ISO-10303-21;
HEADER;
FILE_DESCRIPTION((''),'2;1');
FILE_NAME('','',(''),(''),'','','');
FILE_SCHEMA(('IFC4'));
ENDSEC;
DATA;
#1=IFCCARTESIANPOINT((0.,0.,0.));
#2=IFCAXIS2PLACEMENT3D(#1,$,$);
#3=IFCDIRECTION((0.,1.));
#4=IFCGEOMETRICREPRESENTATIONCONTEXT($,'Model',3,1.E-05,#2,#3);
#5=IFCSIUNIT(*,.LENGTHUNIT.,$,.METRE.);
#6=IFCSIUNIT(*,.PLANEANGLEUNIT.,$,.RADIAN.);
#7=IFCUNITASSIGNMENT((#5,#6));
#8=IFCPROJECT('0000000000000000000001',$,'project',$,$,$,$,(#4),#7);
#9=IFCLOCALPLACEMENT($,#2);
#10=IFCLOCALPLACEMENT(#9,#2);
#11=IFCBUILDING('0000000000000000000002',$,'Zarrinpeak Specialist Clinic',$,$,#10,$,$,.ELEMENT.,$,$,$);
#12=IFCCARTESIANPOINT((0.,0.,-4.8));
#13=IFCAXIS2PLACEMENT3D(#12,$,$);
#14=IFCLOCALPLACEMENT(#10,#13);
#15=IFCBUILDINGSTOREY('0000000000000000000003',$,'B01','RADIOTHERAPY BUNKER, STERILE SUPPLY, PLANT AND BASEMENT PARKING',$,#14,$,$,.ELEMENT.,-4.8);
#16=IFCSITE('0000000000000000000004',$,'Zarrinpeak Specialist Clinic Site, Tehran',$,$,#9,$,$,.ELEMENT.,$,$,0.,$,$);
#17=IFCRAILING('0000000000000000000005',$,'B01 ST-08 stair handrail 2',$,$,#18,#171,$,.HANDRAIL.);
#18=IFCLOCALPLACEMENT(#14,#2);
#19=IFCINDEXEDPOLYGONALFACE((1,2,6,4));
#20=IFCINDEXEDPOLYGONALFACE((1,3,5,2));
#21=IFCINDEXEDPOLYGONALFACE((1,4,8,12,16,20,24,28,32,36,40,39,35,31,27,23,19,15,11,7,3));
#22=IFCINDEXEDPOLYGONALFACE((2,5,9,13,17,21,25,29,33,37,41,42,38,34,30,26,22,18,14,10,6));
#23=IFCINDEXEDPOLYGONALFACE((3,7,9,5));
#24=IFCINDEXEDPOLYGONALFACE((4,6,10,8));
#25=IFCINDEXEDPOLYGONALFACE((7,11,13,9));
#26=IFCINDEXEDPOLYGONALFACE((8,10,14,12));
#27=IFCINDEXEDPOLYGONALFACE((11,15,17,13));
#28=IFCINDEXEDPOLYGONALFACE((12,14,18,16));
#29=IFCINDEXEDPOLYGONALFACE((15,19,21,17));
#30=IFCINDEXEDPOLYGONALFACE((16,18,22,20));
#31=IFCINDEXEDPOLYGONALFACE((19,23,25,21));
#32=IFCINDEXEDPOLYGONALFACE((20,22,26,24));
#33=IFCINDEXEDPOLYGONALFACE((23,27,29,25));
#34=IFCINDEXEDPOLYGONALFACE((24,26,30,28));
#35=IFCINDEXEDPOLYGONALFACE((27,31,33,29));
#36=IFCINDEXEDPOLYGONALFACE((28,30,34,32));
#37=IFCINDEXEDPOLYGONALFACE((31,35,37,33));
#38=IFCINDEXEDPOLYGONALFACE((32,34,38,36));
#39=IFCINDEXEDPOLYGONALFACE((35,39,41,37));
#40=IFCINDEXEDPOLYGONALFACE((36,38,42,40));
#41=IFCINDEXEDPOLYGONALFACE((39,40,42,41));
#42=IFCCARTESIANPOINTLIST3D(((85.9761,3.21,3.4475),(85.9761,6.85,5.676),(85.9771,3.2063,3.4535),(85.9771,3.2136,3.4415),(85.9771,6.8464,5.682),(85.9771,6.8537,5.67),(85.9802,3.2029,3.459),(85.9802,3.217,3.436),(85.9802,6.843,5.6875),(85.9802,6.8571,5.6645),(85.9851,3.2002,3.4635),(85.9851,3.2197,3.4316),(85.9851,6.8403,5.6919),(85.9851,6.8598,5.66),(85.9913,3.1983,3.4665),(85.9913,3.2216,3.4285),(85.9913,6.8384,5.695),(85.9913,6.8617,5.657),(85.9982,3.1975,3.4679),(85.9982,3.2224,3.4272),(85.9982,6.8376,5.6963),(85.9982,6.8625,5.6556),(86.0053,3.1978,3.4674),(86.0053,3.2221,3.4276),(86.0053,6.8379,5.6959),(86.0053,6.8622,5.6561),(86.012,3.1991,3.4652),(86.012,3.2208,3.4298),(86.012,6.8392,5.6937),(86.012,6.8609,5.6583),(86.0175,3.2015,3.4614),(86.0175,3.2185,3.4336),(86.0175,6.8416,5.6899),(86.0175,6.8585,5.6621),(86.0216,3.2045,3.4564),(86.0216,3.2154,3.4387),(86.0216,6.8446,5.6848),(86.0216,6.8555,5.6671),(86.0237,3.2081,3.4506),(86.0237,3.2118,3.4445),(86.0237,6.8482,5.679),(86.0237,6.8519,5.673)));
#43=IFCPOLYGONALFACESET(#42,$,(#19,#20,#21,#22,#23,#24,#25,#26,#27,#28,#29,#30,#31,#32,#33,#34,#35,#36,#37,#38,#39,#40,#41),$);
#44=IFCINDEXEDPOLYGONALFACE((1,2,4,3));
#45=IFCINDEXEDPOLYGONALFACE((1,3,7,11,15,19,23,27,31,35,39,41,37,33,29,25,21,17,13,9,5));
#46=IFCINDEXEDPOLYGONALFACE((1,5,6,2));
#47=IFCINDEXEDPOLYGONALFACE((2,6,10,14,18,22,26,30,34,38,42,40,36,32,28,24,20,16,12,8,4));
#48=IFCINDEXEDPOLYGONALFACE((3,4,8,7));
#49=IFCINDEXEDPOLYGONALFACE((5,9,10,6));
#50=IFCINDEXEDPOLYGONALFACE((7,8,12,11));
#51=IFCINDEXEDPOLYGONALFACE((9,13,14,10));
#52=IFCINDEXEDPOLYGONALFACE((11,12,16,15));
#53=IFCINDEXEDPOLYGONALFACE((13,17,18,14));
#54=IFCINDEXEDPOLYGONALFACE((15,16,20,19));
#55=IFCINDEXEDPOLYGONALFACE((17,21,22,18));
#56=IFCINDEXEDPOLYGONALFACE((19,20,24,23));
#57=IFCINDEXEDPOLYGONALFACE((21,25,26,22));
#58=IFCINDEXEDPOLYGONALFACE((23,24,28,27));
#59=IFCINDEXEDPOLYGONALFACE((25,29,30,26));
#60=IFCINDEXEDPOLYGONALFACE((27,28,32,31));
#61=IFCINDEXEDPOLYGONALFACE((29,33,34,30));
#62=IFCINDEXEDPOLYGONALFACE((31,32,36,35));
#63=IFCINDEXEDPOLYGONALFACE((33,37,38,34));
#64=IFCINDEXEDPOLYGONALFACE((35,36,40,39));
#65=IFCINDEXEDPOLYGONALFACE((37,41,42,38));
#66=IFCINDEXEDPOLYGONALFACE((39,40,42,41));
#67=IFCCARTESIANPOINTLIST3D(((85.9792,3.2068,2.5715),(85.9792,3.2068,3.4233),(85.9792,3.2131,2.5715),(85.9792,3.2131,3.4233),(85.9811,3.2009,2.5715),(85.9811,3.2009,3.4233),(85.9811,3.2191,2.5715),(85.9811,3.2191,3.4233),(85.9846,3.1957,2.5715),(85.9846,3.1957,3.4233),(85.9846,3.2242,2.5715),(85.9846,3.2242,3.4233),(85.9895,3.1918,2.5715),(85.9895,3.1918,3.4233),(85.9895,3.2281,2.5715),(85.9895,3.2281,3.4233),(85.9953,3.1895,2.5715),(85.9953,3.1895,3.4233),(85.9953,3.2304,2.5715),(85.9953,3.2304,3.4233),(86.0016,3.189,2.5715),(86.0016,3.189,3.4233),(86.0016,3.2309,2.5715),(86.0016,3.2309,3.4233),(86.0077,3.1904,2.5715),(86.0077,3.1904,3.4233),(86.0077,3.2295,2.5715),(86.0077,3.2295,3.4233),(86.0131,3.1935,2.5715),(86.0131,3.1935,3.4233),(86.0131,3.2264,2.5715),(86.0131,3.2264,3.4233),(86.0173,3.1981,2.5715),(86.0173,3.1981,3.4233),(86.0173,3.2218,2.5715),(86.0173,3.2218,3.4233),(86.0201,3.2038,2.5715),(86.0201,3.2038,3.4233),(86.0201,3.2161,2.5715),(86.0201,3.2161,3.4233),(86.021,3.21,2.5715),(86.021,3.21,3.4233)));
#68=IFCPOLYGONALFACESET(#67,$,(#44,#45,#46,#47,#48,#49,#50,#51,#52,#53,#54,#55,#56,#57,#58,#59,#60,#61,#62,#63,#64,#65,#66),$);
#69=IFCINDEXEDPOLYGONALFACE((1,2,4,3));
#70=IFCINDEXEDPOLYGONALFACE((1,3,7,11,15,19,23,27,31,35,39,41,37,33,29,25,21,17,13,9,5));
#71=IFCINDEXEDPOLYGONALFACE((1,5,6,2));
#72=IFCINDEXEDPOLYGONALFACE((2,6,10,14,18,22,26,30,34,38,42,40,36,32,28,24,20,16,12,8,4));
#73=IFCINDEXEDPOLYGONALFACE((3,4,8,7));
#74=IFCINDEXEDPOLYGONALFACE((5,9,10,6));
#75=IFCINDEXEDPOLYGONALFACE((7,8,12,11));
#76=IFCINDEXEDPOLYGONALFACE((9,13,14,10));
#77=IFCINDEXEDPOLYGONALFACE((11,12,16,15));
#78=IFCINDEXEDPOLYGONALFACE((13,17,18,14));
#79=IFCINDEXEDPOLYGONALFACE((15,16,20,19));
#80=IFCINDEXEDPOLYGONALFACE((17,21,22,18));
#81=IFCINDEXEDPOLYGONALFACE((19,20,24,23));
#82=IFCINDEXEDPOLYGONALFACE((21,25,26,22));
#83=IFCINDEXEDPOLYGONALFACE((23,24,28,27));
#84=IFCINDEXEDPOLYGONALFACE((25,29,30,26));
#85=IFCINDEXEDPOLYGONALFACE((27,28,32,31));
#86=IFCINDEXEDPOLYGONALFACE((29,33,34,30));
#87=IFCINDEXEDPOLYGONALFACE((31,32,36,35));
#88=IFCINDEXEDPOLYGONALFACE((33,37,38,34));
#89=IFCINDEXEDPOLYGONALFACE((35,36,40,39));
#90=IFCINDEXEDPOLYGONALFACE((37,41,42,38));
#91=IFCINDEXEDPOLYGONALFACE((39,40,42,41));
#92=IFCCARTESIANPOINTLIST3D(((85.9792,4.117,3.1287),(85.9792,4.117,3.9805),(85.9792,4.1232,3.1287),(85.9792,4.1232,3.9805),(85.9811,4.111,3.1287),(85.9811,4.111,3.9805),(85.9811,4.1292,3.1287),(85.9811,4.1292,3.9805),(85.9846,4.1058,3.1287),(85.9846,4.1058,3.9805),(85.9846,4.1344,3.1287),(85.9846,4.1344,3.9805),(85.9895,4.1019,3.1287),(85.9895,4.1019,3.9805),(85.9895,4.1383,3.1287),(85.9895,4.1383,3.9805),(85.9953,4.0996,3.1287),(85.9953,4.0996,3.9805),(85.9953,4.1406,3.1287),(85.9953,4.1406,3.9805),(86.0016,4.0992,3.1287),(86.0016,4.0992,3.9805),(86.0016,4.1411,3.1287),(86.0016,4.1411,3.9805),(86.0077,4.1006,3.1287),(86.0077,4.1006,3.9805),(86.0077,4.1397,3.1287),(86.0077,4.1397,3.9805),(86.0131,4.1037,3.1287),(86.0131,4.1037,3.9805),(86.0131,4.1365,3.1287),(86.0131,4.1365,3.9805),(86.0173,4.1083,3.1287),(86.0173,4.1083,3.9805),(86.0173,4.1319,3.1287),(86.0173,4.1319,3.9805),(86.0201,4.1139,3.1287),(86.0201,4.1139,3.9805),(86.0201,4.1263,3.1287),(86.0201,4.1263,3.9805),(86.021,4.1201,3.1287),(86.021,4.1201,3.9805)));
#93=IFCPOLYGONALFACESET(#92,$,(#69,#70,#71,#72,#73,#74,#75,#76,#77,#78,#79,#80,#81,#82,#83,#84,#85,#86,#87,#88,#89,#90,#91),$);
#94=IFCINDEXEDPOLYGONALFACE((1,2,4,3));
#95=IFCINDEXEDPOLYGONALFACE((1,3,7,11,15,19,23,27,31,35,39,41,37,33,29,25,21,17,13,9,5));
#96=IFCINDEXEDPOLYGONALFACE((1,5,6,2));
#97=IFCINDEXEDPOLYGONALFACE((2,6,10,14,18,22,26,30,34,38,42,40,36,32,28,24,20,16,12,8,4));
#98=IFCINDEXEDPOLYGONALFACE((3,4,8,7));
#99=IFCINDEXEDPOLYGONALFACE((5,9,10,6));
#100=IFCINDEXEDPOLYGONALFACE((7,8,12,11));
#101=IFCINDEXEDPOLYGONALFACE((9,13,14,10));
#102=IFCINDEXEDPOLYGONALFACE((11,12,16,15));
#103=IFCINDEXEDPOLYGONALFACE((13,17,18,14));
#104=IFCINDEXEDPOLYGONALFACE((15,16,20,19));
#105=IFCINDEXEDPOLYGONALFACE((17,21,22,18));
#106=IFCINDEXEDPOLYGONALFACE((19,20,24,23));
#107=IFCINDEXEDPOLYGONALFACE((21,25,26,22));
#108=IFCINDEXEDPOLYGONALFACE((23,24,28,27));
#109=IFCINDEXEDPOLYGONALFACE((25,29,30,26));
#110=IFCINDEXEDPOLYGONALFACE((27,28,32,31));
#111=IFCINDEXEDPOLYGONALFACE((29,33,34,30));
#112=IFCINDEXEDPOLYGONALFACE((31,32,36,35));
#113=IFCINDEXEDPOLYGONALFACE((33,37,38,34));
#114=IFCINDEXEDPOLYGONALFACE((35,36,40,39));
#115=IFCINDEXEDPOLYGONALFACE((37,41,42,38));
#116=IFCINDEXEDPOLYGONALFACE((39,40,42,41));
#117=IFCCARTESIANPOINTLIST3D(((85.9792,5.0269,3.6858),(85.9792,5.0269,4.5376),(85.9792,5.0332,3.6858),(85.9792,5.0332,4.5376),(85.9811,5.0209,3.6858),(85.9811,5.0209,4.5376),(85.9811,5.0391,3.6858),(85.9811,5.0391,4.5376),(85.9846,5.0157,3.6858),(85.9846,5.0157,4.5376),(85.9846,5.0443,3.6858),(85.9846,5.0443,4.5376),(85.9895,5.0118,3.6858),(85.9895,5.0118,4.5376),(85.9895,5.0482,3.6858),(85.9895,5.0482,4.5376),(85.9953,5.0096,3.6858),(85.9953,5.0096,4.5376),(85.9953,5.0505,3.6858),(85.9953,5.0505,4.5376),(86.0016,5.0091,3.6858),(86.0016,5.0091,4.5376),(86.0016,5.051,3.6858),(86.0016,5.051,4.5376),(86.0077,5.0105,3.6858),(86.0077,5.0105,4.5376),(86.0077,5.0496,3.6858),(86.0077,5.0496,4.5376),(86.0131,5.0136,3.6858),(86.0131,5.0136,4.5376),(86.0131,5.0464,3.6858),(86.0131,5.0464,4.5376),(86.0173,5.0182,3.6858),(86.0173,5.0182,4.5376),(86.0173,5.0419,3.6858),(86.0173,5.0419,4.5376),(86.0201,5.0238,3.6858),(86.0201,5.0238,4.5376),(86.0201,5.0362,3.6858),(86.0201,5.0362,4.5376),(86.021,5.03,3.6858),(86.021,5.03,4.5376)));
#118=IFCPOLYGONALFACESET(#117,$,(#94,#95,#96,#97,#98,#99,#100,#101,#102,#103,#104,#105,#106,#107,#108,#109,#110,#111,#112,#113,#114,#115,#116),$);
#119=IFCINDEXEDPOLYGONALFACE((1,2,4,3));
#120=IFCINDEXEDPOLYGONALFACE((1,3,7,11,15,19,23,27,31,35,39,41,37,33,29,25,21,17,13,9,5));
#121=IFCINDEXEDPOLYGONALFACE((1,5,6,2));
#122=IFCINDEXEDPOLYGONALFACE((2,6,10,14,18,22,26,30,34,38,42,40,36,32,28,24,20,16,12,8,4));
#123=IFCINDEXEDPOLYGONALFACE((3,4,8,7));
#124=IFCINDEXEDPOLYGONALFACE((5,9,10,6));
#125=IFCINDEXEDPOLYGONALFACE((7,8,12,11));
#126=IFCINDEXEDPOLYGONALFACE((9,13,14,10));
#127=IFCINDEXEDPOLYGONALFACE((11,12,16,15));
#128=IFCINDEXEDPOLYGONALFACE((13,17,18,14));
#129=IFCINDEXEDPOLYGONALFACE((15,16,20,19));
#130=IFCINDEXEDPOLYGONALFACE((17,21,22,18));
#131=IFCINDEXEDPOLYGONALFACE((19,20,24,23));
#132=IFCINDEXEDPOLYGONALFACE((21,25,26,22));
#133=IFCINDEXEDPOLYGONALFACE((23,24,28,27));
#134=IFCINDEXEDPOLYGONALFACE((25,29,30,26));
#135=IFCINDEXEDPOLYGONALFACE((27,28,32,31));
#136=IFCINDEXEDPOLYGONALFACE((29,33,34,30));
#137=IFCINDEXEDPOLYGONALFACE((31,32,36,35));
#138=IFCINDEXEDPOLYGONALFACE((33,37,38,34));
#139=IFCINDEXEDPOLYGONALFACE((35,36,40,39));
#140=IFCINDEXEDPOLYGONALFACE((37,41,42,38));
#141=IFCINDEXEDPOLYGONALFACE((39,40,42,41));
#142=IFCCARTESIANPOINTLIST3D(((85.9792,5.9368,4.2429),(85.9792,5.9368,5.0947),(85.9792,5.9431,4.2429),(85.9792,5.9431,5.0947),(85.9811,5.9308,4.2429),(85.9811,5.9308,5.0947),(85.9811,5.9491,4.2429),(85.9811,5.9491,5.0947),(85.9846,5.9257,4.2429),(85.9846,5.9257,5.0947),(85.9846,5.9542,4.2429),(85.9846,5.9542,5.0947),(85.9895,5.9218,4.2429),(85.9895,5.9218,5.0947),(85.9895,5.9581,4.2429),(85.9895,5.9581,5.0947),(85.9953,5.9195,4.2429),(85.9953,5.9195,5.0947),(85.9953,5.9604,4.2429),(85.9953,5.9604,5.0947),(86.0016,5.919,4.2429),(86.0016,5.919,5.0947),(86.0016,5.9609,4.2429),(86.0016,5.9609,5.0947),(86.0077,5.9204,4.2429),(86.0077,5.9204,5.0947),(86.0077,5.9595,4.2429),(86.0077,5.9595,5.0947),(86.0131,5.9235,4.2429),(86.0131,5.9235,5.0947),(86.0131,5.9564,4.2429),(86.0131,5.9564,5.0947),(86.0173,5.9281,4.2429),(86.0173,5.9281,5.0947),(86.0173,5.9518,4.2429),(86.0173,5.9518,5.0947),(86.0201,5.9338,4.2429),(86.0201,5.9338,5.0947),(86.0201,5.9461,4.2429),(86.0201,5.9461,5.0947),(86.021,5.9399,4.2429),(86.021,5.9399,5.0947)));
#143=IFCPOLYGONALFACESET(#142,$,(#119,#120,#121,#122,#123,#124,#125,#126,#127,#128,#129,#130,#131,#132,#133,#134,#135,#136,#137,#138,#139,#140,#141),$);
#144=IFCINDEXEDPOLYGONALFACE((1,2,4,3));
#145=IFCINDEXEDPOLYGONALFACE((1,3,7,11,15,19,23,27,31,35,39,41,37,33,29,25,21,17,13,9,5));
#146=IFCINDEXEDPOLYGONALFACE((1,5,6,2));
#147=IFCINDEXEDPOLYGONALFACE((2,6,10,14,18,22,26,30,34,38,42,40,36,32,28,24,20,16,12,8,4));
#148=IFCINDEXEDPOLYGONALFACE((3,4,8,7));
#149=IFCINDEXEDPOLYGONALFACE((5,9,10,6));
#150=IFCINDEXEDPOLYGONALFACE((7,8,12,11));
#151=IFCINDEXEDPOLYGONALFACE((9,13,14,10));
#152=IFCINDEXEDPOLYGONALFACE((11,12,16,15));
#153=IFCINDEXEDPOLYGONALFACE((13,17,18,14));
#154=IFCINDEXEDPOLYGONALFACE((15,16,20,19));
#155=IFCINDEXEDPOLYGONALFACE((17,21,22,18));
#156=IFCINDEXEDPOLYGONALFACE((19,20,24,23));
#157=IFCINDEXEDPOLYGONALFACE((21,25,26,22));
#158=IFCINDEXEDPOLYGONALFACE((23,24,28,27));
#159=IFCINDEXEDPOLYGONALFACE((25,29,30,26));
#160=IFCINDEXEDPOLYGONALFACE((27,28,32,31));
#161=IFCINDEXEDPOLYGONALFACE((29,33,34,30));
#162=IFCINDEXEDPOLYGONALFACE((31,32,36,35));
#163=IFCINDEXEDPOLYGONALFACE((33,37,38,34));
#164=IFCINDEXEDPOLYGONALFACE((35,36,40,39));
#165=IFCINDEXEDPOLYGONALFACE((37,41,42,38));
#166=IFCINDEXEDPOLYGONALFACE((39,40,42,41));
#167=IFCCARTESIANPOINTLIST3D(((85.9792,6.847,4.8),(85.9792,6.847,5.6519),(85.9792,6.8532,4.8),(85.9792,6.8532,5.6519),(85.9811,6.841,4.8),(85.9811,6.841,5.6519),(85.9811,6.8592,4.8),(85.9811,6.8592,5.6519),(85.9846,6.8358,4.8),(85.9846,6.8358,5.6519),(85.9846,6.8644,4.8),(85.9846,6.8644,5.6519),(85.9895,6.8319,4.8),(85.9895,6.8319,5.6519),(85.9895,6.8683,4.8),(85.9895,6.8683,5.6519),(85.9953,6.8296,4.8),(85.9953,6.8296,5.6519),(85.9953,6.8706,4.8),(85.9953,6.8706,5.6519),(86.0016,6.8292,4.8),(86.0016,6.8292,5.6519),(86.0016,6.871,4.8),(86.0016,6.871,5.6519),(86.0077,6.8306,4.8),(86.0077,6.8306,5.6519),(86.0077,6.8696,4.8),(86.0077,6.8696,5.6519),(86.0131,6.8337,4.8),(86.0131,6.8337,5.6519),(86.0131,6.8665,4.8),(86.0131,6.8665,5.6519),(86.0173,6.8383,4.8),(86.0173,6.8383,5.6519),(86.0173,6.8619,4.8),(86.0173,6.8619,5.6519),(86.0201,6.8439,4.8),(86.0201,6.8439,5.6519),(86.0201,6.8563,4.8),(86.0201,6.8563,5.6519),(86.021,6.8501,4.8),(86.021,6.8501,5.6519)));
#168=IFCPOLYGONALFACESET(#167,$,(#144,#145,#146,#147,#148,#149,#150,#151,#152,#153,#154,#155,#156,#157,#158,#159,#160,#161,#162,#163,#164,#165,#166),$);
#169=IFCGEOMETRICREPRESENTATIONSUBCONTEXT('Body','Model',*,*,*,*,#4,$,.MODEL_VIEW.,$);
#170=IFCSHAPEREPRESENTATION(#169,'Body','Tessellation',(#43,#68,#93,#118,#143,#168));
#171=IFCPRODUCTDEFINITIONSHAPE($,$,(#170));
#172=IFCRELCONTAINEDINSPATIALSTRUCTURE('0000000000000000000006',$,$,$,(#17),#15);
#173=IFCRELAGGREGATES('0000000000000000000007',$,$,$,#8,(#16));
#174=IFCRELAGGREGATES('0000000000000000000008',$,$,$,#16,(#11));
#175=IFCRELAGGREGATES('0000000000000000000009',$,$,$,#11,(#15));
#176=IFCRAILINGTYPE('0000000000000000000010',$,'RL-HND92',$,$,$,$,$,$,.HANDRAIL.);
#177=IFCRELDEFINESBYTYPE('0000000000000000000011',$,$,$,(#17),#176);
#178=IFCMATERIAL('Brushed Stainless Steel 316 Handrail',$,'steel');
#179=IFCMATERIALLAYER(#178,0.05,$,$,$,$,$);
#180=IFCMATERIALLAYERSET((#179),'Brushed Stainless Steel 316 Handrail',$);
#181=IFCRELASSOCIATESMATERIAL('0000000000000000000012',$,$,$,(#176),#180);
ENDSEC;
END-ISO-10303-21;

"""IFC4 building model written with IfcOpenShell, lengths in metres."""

from ifc_helpers import new_model, si_unit, direction, frame, origin, origin_2d, place, context, subcontext, project, spatial, circle, extrude, material, layer, layer_set, type_object, element, save


model = new_model("IFC4")

# Units and contexts
model_context = context("Model", 3, precision=1e-05, world=origin(), true_north=direction((0.0, 1.0)))
body_context = subcontext(model_context, "Body", "Model", "MODEL_VIEW")
ifc_project = project(units=[si_unit("LENGTHUNIT", "METRE"), si_unit("PLANEANGLEUNIT", "RADIAN")], contexts=[model_context])

# Site, building, storey
site_placement = place(None, origin())
site = spatial("IfcSite", under=ifc_project, at=site_placement, Name="Zarrinpeak Specialist Clinic Site, Tehran", CompositionType="ELEMENT", RefElevation=0.0)
building_placement = place(site_placement, origin())
building = spatial("IfcBuilding", under=site, at=building_placement, Name="Zarrinpeak Specialist Clinic", CompositionType="ELEMENT")
storey_placement = place(building_placement, frame((0.0, 0.0, -4.8)))
storey = spatial("IfcBuildingStorey", under=building, at=storey_placement, Name="B01", Description="RADIOTHERAPY BUNKER, STERILE SUPPLY, PLANT AND BASEMENT PARKING", CompositionType="ELEMENT", Elevation=-4.8)

# Railing
ifc_material_1 = material(Name="Brushed Stainless Steel 316 Handrail", Category="steel")
ifc_layer_1 = layer(ifc_material_1, 0.05)
ifc_layer_set_1 = layer_set([ifc_layer_1], Name="Brushed Stainless Steel 316 Handrail")
railing_type_1 = type_object("IfcRailingType", Name="RL-HND92", PredefinedType="HANDRAIL", material=ifc_layer_set_1)
railing_1_placement = place(storey_placement, frame((86.0, 3.21, 2.5715)))
element("IfcRailing", 1, at=railing_1_placement, inside=storey, type_object=railing_type_1, Name="B01 ST-08 stair handrail 2", PredefinedType="HANDRAIL", context=body_context, shape_type="SweptSolid", body=[
    extrude(circle(Radius=0.0239, at=origin_2d()), frame((0.0, 0.0, 0.876), z_axis=(0.0, 0.852866, 0.52213), x_axis=(-1.0, 0.0, 0.0)), (0.0, 0.0, 1.0), 4.2681),
    extrude(circle(Radius=0.021, at=origin_2d()), origin(), (0.0, 0.0, 1.0), 0.8518),
    extrude(circle(Radius=0.021, at=origin_2d()), frame((0.0, 0.9102, 0.5571)), (0.0, 0.0, 1.0), 0.8518),
    extrude(circle(Radius=0.021, at=origin_2d()), frame((0.0, 1.8201, 1.1143)), (0.0, 0.0, 1.0), 0.8518),
    extrude(circle(Radius=0.021, at=origin_2d()), frame((0.0, 2.73, 1.6714)), (0.0, 0.0, 1.0), 0.8518),
    extrude(circle(Radius=0.021, at=origin_2d()), frame((0.0, 3.6401, 2.2285)), (0.0, 0.0, 1.0), 0.8518),
])

save(model, "model.ifc")
